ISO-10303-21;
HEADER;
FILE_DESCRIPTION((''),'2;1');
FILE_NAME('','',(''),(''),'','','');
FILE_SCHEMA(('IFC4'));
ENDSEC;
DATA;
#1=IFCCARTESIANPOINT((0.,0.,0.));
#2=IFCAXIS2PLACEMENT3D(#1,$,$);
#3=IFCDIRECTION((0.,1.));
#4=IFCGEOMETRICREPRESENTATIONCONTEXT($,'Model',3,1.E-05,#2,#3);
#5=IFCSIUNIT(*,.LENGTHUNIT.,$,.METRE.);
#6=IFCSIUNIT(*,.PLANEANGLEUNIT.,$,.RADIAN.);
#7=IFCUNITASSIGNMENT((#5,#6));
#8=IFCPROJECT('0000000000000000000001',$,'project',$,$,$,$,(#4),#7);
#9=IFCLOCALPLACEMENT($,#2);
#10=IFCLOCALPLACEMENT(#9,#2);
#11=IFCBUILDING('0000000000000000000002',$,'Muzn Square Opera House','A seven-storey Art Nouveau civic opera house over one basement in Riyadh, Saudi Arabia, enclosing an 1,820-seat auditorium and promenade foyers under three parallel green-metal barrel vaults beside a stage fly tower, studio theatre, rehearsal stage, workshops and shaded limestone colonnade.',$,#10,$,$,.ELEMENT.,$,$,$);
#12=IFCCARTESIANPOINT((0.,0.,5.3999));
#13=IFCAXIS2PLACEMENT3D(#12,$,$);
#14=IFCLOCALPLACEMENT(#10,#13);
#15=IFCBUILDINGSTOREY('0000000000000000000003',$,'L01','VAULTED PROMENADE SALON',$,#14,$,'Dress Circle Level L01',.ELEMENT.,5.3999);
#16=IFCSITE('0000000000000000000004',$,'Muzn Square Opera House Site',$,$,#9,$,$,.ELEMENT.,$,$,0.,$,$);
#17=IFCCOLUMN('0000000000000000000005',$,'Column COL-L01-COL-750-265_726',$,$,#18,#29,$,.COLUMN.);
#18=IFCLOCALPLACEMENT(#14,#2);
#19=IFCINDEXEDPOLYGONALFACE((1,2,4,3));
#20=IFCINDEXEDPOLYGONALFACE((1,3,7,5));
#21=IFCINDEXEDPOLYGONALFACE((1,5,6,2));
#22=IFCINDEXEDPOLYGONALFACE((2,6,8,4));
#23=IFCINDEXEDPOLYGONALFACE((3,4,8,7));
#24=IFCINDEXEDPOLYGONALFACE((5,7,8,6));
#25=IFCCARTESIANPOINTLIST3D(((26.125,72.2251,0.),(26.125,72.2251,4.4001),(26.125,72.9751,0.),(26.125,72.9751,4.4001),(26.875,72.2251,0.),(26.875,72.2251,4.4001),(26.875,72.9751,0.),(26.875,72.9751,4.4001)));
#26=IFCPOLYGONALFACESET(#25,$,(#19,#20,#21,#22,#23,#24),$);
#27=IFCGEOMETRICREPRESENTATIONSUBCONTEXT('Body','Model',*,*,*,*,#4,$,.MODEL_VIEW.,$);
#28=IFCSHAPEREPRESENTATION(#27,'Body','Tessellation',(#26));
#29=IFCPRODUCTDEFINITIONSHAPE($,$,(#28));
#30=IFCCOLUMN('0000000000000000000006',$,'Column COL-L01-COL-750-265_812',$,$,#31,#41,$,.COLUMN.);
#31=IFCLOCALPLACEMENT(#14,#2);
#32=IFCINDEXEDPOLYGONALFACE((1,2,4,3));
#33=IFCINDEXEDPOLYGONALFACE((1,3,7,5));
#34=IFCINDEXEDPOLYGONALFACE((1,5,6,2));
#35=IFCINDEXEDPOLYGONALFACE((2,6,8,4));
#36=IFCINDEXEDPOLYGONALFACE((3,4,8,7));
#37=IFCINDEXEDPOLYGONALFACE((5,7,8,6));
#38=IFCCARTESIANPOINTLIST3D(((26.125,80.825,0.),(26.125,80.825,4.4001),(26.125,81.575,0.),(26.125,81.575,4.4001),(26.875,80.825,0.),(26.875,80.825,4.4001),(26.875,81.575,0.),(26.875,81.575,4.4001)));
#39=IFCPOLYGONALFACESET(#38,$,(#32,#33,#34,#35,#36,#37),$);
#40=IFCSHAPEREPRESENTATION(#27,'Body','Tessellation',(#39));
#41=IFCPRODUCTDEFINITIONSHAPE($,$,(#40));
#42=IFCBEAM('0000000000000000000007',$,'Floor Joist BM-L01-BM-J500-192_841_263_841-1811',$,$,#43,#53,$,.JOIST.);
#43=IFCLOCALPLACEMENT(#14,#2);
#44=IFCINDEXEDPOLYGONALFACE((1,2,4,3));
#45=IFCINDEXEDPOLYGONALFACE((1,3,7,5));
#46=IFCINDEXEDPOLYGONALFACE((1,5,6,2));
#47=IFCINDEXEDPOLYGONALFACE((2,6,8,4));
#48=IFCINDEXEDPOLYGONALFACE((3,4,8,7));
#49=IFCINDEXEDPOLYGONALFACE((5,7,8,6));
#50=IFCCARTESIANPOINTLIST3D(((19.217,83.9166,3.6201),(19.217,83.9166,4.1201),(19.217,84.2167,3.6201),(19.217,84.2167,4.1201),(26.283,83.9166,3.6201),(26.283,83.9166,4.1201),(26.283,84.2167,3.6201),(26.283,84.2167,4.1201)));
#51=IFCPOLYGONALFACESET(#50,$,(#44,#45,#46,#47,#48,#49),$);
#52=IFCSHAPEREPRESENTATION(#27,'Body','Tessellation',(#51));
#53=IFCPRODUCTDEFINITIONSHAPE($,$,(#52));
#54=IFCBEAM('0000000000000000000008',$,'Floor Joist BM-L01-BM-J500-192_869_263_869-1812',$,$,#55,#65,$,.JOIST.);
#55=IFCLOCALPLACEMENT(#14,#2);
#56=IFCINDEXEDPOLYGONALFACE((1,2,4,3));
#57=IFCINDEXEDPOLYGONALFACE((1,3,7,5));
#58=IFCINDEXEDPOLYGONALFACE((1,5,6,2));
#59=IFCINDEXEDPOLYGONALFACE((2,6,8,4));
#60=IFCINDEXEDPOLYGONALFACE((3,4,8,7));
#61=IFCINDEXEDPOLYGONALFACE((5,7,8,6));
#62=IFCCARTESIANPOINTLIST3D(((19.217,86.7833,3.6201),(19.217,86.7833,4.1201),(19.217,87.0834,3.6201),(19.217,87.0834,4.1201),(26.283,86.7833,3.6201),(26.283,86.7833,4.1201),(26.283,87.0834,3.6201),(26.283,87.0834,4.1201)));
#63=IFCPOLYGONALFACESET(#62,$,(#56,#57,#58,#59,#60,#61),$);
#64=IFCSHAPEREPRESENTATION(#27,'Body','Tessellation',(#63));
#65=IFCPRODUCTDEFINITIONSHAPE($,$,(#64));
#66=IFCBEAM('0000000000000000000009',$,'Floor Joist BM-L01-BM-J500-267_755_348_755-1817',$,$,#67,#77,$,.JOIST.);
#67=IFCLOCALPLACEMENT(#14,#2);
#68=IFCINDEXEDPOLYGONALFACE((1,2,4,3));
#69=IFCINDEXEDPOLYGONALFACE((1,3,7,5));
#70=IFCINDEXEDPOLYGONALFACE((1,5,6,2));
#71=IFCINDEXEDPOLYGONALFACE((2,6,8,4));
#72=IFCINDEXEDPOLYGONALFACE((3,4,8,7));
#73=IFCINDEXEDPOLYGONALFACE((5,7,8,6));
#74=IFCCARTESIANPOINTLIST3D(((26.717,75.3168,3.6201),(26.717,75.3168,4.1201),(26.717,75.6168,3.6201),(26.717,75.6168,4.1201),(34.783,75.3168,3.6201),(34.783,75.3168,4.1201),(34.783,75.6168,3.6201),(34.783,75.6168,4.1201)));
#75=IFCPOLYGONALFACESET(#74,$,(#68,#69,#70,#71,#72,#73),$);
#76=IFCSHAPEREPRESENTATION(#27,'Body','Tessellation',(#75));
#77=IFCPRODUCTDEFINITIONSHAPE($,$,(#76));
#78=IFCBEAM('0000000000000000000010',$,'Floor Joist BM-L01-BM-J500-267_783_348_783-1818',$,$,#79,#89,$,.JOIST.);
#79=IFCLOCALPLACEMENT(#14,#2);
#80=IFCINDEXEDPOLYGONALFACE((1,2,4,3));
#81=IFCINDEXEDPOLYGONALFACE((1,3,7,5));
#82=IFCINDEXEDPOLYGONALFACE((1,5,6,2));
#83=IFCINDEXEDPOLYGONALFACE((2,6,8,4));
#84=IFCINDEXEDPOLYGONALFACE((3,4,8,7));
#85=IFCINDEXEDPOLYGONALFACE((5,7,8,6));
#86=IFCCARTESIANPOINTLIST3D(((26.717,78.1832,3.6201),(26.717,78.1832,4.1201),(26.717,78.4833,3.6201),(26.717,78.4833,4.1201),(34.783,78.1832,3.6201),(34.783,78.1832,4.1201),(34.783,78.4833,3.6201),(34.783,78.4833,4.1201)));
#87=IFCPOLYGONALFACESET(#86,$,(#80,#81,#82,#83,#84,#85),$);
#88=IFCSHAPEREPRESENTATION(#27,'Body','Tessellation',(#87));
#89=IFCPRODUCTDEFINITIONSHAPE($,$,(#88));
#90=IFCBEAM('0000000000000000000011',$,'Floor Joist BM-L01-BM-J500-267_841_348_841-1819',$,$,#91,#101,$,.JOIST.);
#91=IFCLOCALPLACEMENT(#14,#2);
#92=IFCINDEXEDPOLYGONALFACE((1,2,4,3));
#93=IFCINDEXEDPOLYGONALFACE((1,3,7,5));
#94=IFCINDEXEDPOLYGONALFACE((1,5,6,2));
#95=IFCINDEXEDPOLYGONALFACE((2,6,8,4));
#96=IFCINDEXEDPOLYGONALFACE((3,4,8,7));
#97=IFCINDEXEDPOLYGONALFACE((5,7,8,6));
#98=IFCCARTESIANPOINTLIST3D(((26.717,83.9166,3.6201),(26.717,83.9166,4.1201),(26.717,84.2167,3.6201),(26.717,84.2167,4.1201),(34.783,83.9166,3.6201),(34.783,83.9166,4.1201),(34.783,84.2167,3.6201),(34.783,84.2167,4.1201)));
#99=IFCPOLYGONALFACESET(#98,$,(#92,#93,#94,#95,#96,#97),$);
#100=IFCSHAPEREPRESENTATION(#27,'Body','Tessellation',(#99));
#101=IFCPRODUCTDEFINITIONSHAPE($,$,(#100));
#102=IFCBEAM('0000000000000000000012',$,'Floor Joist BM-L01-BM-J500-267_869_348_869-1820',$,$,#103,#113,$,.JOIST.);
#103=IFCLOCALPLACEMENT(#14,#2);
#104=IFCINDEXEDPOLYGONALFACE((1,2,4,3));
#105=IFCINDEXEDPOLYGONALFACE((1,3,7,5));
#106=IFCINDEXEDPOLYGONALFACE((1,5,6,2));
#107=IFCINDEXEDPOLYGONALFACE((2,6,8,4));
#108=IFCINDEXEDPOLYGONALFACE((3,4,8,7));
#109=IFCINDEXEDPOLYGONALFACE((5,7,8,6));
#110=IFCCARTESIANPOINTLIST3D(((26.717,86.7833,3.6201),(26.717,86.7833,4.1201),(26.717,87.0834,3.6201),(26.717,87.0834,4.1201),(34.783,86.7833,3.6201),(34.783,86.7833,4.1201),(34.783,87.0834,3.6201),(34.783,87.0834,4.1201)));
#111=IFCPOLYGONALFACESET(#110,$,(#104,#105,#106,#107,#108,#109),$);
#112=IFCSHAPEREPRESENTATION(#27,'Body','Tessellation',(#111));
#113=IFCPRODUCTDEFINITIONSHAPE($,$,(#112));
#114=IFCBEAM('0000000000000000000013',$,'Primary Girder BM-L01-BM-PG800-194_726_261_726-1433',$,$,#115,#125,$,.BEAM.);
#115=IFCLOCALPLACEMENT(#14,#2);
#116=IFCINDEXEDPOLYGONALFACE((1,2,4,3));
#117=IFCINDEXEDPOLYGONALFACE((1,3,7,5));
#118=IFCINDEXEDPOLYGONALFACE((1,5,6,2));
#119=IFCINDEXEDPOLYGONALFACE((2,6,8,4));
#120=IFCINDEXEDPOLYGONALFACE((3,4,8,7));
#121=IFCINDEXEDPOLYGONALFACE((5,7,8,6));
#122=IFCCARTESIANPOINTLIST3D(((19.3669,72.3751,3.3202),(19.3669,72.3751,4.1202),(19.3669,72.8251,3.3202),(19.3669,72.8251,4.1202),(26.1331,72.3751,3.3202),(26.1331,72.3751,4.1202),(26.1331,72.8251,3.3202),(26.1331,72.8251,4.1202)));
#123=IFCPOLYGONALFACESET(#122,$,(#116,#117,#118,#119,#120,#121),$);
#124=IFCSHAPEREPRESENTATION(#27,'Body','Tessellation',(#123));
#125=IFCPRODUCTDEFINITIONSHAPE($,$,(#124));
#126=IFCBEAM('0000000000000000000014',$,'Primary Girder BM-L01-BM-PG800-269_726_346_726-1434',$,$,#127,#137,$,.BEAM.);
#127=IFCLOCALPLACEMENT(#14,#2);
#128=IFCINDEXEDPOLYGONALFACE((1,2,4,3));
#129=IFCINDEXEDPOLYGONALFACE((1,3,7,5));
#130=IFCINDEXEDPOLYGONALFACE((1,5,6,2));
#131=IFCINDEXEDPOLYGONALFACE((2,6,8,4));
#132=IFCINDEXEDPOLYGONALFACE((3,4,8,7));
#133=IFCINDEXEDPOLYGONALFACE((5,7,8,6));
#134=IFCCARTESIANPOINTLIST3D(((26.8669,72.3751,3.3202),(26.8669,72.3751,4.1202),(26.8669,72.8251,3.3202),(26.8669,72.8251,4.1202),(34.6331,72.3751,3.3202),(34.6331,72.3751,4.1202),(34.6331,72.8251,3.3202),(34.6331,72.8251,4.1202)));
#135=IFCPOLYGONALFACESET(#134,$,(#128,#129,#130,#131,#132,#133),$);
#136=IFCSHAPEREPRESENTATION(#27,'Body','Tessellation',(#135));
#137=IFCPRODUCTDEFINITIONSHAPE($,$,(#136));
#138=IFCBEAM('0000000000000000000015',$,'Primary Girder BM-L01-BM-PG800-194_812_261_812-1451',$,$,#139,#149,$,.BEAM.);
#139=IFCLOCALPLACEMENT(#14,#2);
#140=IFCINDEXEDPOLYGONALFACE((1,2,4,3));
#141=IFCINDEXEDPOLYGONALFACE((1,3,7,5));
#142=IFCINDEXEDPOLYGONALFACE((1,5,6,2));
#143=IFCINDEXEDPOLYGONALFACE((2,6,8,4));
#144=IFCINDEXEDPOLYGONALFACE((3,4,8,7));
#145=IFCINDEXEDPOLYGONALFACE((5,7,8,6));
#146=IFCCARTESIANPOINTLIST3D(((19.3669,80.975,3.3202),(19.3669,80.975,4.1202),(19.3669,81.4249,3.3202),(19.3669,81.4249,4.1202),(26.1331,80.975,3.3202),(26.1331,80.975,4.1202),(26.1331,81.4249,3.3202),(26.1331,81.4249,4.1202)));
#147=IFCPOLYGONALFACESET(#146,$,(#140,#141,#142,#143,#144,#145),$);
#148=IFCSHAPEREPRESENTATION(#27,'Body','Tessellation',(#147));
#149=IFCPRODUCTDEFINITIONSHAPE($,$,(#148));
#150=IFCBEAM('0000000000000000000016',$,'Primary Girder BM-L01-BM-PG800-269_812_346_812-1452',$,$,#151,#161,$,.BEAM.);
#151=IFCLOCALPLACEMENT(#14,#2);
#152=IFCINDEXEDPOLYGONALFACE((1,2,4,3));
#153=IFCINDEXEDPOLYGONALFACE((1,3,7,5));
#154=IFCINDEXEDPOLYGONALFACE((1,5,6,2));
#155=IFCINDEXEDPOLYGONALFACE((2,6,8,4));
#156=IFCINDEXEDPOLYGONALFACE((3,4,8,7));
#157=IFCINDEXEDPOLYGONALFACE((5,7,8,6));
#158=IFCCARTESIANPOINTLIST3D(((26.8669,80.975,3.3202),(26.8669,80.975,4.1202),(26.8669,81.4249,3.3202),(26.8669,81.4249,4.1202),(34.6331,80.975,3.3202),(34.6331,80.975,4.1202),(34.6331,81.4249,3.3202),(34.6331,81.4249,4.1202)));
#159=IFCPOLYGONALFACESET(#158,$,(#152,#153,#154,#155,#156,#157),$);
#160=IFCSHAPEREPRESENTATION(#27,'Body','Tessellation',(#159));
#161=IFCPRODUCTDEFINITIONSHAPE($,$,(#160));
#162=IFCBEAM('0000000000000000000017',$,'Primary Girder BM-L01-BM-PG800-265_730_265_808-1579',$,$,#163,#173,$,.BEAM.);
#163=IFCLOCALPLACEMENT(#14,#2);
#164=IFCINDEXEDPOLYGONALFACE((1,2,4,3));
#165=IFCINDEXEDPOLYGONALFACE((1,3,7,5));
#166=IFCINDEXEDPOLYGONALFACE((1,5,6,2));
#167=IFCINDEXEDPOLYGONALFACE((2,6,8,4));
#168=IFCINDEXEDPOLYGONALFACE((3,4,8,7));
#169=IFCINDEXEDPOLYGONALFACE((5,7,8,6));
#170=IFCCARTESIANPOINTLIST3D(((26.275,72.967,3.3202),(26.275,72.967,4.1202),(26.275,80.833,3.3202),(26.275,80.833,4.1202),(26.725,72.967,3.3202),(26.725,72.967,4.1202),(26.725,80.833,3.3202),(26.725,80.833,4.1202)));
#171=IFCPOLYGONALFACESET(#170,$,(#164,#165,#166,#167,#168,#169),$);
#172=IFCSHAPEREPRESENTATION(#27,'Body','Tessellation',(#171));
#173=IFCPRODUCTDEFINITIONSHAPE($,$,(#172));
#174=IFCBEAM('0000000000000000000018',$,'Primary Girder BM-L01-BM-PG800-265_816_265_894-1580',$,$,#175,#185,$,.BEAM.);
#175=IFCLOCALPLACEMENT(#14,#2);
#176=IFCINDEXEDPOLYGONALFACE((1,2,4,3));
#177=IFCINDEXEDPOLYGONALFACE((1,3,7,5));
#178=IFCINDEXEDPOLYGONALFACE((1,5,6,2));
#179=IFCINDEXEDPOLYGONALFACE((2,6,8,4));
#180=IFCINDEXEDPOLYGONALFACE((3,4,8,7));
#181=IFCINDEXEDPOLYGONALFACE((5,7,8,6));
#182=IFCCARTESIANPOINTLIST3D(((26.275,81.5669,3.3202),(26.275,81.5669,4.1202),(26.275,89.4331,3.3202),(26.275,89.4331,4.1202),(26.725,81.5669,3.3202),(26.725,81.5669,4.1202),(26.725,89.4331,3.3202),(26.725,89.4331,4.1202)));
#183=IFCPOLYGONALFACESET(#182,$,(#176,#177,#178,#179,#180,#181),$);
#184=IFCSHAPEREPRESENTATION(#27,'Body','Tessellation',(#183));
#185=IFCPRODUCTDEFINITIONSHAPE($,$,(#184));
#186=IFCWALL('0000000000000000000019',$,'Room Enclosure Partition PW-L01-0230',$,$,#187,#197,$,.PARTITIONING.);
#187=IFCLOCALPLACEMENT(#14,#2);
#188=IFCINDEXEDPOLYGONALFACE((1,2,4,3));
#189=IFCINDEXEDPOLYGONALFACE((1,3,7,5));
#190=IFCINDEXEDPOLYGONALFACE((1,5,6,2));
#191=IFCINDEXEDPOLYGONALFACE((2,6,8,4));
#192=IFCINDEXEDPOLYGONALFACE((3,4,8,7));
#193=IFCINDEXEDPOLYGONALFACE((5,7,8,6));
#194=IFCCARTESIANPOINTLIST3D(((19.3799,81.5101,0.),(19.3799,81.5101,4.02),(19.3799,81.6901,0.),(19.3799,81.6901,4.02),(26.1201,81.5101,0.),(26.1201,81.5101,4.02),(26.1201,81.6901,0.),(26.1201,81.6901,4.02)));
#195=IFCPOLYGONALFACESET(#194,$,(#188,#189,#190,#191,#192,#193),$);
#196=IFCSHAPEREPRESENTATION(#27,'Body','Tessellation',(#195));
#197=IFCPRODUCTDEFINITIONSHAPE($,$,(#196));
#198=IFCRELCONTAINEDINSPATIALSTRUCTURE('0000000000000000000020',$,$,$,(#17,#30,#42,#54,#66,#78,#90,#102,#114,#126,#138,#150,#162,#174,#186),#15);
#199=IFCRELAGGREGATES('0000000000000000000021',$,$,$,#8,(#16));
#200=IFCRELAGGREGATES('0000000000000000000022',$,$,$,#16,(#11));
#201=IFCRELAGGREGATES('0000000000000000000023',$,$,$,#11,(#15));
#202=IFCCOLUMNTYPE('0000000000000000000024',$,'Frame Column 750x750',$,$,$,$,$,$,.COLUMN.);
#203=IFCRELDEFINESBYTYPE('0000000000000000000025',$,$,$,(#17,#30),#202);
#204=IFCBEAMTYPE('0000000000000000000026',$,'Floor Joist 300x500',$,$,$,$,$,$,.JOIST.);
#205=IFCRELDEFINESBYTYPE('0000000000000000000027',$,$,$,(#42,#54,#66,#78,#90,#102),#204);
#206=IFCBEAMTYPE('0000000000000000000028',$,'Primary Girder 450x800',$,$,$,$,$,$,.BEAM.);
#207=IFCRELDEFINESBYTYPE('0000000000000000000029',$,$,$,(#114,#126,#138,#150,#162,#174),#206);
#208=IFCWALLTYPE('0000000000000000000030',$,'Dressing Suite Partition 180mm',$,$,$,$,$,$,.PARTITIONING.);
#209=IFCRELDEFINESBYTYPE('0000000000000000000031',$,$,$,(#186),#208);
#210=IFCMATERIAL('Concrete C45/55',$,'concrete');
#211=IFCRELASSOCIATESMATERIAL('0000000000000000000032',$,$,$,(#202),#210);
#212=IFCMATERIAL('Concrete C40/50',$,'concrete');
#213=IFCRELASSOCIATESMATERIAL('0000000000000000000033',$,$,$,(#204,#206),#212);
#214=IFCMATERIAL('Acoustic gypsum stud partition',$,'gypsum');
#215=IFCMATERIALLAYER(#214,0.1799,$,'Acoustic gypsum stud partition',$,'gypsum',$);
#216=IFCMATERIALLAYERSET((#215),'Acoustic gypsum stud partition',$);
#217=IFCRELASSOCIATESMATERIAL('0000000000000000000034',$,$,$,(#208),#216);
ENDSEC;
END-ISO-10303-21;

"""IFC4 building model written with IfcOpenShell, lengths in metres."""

from ifc_helpers import new_model, si_unit, direction, frame, frame_2d, origin, origin_2d, place, context, subcontext, project, spatial, rectangle, extrude, material, layer, layer_set, material_profile, profile_set, type_object, element, save


model = new_model("IFC4")

# Units and contexts
model_context = context("Model", 3, precision=1e-05, world=origin(), true_north=direction((0.0, 1.0)))
body_context = subcontext(model_context, "Body", "Model", "MODEL_VIEW")
ifc_project = project(units=[si_unit("LENGTHUNIT", "METRE"), si_unit("PLANEANGLEUNIT", "RADIAN")], contexts=[model_context])

# Site, building, storey
site_placement = place(None, origin())
site = spatial("IfcSite", under=ifc_project, at=site_placement, Name="Muzn Square Opera House Site", CompositionType="ELEMENT", RefElevation=0.0)
building_placement = place(site_placement, origin())
building = spatial("IfcBuilding", under=site, at=building_placement, Name="Muzn Square Opera House", Description="A seven-storey Art Nouveau civic opera house over one basement in Riyadh, Saudi Arabia, enclosing an 1,820-seat auditorium and promenade foyers under three parallel green-metal barrel vaults beside a stage fly tower, studio theatre, rehearsal stage, workshops and shaded limestone colonnade.", CompositionType="ELEMENT")
storey_placement = place(building_placement, frame((0.0, 0.0, 5.3999)))
storey = spatial("IfcBuildingStorey", under=building, at=storey_placement, Name="L01", Description="VAULTED PROMENADE SALON", LongName="Dress Circle Level L01", CompositionType="ELEMENT", Elevation=5.3999)

# Columns
ifc_material_1 = material(Name="Concrete C45/55", Category="concrete")
ifc_material_profile_1 = material_profile(ifc_material_1, rectangle(XDim=0.75, YDim=0.75, at=origin_2d()), Name="RC 750x750", Category="concrete")
ifc_profile_set_1 = profile_set([ifc_material_profile_1], Name="Concrete C45/55")
column_type = type_object("IfcColumnType", Name="Frame Column 750x750", PredefinedType="COLUMN", material=ifc_profile_set_1)
for number, where, z_axis, x_axis, name in (
    (1, (26.5, 72.6001, 0.0), (0.0, 0.0, 1.0), (1.0, 0.0, 0.0), "Column COL-L01-COL-750-265_726"),
    (2, (26.5, 81.2, 0.0), (0.0, 0.0, 1.0), (1.0, 0.0, 0.0), "Column COL-L01-COL-750-265_812"),
):
    element("IfcColumn", number, at=place(storey_placement, frame(where, z_axis=z_axis, x_axis=x_axis)), inside=storey, type_object=column_type, Name=name, PredefinedType="COLUMN", context=body_context, shape_type="SweptSolid", body=[
        extrude(rectangle(XDim=0.75, YDim=0.75, at=origin_2d()), origin(), (0.0, 0.0, 1.0), 4.4001),
    ])

# Beams
ifc_material_2 = material(Name="Concrete C40/50", Category="concrete")
ifc_material_profile_2 = material_profile(ifc_material_2, rectangle(XDim=0.3, YDim=0.5, at=origin_2d()), Name="RCJ 300x500", Category="concrete")
ifc_profile_set_2 = profile_set([ifc_material_profile_2], Name="Concrete C40/50")
beam_type_1 = type_object("IfcBeamType", Name="Floor Joist 300x500", PredefinedType="JOIST", material=ifc_profile_set_2)
for number, where, z_axis, x_axis, name in (
    (3, (19.217, 84.0667, 3.8701), (1.0, 0.0, 0.0), (0.0, 1.0, 0.0), "Floor Joist BM-L01-BM-J500-192_841_263_841-1811"),
    (4, (19.217, 86.9333, 3.8701), (1.0, 0.0, 0.0), (0.0, 1.0, 0.0), "Floor Joist BM-L01-BM-J500-192_869_263_869-1812"),
):
    element("IfcBeam", number, at=place(storey_placement, frame(where, z_axis=z_axis, x_axis=x_axis)), inside=storey, type_object=beam_type_1, Name=name, PredefinedType="JOIST", context=body_context, shape_type="SweptSolid", body=[
        extrude(rectangle(XDim=0.3, YDim=0.5, at=origin_2d()), origin(), (0.0, 0.0, 1.0), 7.0659),
    ])
for number, where, z_axis, x_axis, name in (
    (5, (26.717, 75.4668, 3.8701), (1.0, 0.0, 0.0), (0.0, 1.0, 0.0), "Floor Joist BM-L01-BM-J500-267_755_348_755-1817"),
    (6, (26.717, 78.3333, 3.8701), (1.0, 0.0, 0.0), (0.0, 1.0, 0.0), "Floor Joist BM-L01-BM-J500-267_783_348_783-1818"),
    (7, (26.717, 84.0667, 3.8701), (1.0, 0.0, 0.0), (0.0, 1.0, 0.0), "Floor Joist BM-L01-BM-J500-267_841_348_841-1819"),
    (8, (26.717, 86.9333, 3.8701), (1.0, 0.0, 0.0), (0.0, 1.0, 0.0), "Floor Joist BM-L01-BM-J500-267_869_348_869-1820"),
):
    element("IfcBeam", number, at=place(storey_placement, frame(where, z_axis=z_axis, x_axis=x_axis)), inside=storey, type_object=beam_type_1, Name=name, PredefinedType="JOIST", context=body_context, shape_type="SweptSolid", body=[
        extrude(rectangle(XDim=0.3, YDim=0.5, at=origin_2d()), origin(), (0.0, 0.0, 1.0), 8.0659),
    ])
ifc_material_profile_3 = material_profile(ifc_material_2, rectangle(XDim=0.45, YDim=0.8, at=origin_2d()), Name="RCB 450x800", Category="concrete")
ifc_profile_set_3 = profile_set([ifc_material_profile_3], Name="Concrete C40/50")
beam_type_2 = type_object("IfcBeamType", Name="Primary Girder 450x800", PredefinedType="BEAM", material=ifc_profile_set_3)
beam_1_placement = place(storey_placement, frame((19.3669, 72.6001, 3.7202), z_axis=(1.0, 0.0, 0.0), x_axis=(0.0, 1.0, 0.0)))
element("IfcBeam", 9, at=beam_1_placement, inside=storey, type_object=beam_type_2, Name="Primary Girder BM-L01-BM-PG800-194_726_261_726-1433", PredefinedType="BEAM", context=body_context, shape_type="SweptSolid", body=[
    extrude(rectangle(XDim=0.45, YDim=0.8, at=origin_2d()), origin(), (0.0, 0.0, 1.0), 6.7661),
])
beam_2_placement = place(storey_placement, frame((26.8669, 72.6001, 3.7202), z_axis=(1.0, 0.0, 0.0), x_axis=(0.0, 1.0, 0.0)))
element("IfcBeam", 10, at=beam_2_placement, inside=storey, type_object=beam_type_2, Name="Primary Girder BM-L01-BM-PG800-269_726_346_726-1434", PredefinedType="BEAM", context=body_context, shape_type="SweptSolid", body=[
    extrude(rectangle(XDim=0.45, YDim=0.8, at=origin_2d()), origin(), (0.0, 0.0, 1.0), 7.7661),
])
beam_3_placement = place(storey_placement, frame((19.3669, 81.2, 3.7202), z_axis=(1.0, 0.0, 0.0), x_axis=(0.0, 1.0, 0.0)))
element("IfcBeam", 11, at=beam_3_placement, inside=storey, type_object=beam_type_2, Name="Primary Girder BM-L01-BM-PG800-194_812_261_812-1451", PredefinedType="BEAM", context=body_context, shape_type="SweptSolid", body=[
    extrude(rectangle(XDim=0.45, YDim=0.8, at=origin_2d()), origin(), (0.0, 0.0, 1.0), 6.7661),
])
beam_4_placement = place(storey_placement, frame((26.8669, 81.2, 3.7202), z_axis=(1.0, 0.0, 0.0), x_axis=(0.0, 1.0, 0.0)))
element("IfcBeam", 12, at=beam_4_placement, inside=storey, type_object=beam_type_2, Name="Primary Girder BM-L01-BM-PG800-269_812_346_812-1452", PredefinedType="BEAM", context=body_context, shape_type="SweptSolid", body=[
    extrude(rectangle(XDim=0.45, YDim=0.8, at=origin_2d()), origin(), (0.0, 0.0, 1.0), 7.7661),
])
beam_5_placement = place(storey_placement, frame((26.5, 72.967, 3.7202), z_axis=(0.0, 1.0, 0.0), x_axis=(-1.0, 0.0, 0.0)))
element("IfcBeam", 13, at=beam_5_placement, inside=storey, type_object=beam_type_2, Name="Primary Girder BM-L01-BM-PG800-265_730_265_808-1579", PredefinedType="BEAM", context=body_context, shape_type="SweptSolid", body=[
    extrude(rectangle(XDim=0.45, YDim=0.8, at=origin_2d()), origin(), (0.0, 0.0, 1.0), 7.866),
])
beam_6_placement = place(storey_placement, frame((26.5, 81.5669, 3.7202), z_axis=(0.0, 1.0, 0.0), x_axis=(-1.0, 0.0, 0.0)))
element("IfcBeam", 14, at=beam_6_placement, inside=storey, type_object=beam_type_2, Name="Primary Girder BM-L01-BM-PG800-265_816_265_894-1580", PredefinedType="BEAM", context=body_context, shape_type="SweptSolid", body=[
    extrude(rectangle(XDim=0.45, YDim=0.8, at=origin_2d()), origin(), (0.0, 0.0, 1.0), 7.8662),
])

# Wall
ifc_material_3 = material(Name="Acoustic gypsum stud partition", Category="gypsum")
ifc_layer_1 = layer(ifc_material_3, 0.1799, Name="Acoustic gypsum stud partition", Category="gypsum")
ifc_layer_set_1 = layer_set([ifc_layer_1], Name="Acoustic gypsum stud partition")
wall_type_1 = type_object("IfcWallType", Name="Dressing Suite Partition 180mm", PredefinedType="PARTITIONING", material=ifc_layer_set_1)
wall_1_placement = place(storey_placement, frame((19.3799, 81.6001, 0.0), z_axis=(0.0, 0.0, 1.0), x_axis=(1.0, 0.0, 0.0)))
element("IfcWall", 15, at=wall_1_placement, inside=storey, type_object=wall_type_1, Name="Room Enclosure Partition PW-L01-0230", PredefinedType="PARTITIONING", context=body_context, shape_type="SweptSolid", body=[
    extrude(rectangle(XDim=6.7402, YDim=0.1799, at=frame_2d((3.3701, 0.0))), origin(), (0.0, 0.0, 1.0), 4.02),
])

save(model, "model.ifc")
